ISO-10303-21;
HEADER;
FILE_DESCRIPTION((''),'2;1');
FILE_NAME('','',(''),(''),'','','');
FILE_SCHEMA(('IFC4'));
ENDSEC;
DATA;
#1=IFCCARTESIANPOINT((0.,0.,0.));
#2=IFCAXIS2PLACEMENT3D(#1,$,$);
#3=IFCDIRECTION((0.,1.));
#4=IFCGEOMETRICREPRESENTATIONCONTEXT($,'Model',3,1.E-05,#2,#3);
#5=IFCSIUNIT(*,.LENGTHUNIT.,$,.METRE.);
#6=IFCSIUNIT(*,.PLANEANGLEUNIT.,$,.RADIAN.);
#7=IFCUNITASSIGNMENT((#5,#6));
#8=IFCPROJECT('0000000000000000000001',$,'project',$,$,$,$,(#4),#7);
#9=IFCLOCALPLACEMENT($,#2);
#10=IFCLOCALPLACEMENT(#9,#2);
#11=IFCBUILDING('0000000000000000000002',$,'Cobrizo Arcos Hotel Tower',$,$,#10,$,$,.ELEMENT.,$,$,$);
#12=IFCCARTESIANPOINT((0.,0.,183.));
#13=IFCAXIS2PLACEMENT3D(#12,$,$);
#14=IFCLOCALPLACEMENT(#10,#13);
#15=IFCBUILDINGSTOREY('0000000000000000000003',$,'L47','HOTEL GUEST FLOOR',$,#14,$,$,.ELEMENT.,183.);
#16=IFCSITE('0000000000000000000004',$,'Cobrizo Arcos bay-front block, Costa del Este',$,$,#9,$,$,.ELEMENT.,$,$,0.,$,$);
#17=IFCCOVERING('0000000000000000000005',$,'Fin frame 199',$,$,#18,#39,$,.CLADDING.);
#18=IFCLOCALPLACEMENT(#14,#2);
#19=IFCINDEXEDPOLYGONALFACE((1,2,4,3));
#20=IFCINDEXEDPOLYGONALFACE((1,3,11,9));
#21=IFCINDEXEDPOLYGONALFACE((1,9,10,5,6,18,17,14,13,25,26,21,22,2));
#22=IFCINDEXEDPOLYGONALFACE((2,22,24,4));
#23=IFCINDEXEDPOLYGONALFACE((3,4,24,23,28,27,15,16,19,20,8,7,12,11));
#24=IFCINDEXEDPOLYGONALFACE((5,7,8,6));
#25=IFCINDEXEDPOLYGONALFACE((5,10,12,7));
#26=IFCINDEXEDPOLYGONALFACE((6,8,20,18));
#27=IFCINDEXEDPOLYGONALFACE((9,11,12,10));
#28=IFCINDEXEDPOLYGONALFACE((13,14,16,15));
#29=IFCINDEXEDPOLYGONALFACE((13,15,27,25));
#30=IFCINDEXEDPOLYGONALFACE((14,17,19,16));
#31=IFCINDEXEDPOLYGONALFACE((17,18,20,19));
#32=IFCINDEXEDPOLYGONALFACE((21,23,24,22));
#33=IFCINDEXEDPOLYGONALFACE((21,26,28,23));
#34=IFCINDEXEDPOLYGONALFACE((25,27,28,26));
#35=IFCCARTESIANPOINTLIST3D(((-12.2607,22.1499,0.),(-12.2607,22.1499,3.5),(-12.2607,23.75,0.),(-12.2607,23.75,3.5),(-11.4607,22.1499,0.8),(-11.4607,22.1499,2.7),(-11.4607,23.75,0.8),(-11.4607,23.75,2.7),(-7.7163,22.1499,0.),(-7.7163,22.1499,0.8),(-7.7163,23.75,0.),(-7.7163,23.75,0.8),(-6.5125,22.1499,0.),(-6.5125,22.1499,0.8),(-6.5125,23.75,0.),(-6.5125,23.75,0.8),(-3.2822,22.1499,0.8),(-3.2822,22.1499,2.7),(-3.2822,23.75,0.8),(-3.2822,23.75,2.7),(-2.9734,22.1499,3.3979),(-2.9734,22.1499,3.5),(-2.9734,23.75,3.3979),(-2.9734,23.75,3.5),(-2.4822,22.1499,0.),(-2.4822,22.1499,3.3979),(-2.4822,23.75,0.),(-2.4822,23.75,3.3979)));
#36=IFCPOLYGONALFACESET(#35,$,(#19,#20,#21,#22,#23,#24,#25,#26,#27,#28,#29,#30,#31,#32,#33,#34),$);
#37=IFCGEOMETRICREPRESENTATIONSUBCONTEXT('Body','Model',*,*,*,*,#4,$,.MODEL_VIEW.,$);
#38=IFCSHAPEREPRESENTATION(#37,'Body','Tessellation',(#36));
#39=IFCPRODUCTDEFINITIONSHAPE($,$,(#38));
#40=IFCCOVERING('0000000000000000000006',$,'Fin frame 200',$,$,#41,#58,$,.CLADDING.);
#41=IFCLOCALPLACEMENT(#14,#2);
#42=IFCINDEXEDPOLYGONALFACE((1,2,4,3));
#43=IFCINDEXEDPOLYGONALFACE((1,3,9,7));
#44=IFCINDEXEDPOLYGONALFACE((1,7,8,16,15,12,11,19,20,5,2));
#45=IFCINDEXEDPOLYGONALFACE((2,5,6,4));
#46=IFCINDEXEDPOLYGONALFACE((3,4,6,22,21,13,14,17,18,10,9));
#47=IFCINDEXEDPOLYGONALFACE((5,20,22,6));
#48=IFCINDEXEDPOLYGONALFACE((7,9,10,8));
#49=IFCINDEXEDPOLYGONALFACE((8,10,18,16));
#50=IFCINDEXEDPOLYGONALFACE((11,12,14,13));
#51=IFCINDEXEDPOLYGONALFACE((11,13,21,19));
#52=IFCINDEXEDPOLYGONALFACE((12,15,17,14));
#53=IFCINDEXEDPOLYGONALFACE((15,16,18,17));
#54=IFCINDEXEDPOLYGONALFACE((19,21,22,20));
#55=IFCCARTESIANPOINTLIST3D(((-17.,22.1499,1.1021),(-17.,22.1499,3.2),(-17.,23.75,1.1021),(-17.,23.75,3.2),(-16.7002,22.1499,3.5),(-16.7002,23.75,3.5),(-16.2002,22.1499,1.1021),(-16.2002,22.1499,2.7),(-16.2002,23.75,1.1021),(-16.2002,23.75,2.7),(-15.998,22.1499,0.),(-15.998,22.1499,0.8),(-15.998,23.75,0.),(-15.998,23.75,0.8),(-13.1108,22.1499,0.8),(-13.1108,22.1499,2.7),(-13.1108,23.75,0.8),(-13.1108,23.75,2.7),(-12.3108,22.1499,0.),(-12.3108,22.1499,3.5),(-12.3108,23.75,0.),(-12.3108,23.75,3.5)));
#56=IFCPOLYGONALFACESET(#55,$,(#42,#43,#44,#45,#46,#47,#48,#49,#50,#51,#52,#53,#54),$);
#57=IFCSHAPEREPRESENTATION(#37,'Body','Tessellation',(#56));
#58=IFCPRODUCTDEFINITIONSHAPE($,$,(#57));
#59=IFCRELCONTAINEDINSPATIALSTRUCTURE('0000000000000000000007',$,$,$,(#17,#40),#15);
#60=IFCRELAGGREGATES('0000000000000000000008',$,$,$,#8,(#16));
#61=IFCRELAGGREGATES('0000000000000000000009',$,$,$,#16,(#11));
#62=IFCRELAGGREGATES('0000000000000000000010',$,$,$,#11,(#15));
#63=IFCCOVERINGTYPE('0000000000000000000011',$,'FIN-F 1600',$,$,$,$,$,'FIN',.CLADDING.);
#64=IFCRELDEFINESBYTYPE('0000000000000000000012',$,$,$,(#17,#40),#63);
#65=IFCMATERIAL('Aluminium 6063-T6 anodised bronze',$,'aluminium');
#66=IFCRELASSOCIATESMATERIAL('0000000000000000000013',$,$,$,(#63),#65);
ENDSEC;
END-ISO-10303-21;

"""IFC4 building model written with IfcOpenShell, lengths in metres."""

from ifc_helpers import new_model, si_unit, direction, frame, origin, place, context, subcontext, project, spatial, polyline, outline, extrude, material, type_object, element, save


model = new_model("IFC4")

# Units and contexts
model_context = context("Model", 3, precision=1e-05, world=origin(), true_north=direction((0.0, 1.0)))
body_context = subcontext(model_context, "Body", "Model", "MODEL_VIEW")
ifc_project = project(units=[si_unit("LENGTHUNIT", "METRE"), si_unit("PLANEANGLEUNIT", "RADIAN")], contexts=[model_context])

# Site, building, storey
site_placement = place(None, origin())
site = spatial("IfcSite", under=ifc_project, at=site_placement, Name="Cobrizo Arcos bay-front block, Costa del Este", CompositionType="ELEMENT", RefElevation=0.0)
building_placement = place(site_placement, origin())
building = spatial("IfcBuilding", under=site, at=building_placement, Name="Cobrizo Arcos Hotel Tower", CompositionType="ELEMENT")
storey_placement = place(building_placement, frame((0.0, 0.0, 183.0)))
storey = spatial("IfcBuildingStorey", under=building, at=storey_placement, Name="L47", Description="HOTEL GUEST FLOOR", CompositionType="ELEMENT", Elevation=183.0)

# Shared definitions
ifc_material_1 = material(Name="Aluminium 6063-T6 anodised bronze", Category="aluminium")

# Coverings
covering_type = type_object("IfcCoveringType", Name="FIN-F 1600", ElementType="FIN", PredefinedType="CLADDING", material=ifc_material_1)
covering_1_placement = place(storey_placement, frame((-2.4822, 22.1499, 0.0), z_axis=(0.0, 1.0, 0.0), x_axis=(-1.0, 0.0, 0.0)))
element("IfcCovering", 1, at=covering_1_placement, inside=storey, type_object=covering_type, Name="Fin frame 199", PredefinedType="CLADDING", context=body_context, shape_type="SweptSolid", body=[
    extrude(outline(polyline([(0.0, 0.0), (4.0303, 0.0), (4.0303, 0.8), (0.8, 0.8), (0.8, 2.7), (8.9785, 2.7), (8.9785, 0.8), (5.2341, 0.8), (5.2341, 0.0), (9.7786, 0.0), (9.7786, 3.5), (0.4912, 3.5), (0.4912, 3.3979), (0.0, 3.3979), (0.0, 0.0)])), origin(), (0.0, 0.0, 1.0), 1.6001),
])
covering_2_placement = place(storey_placement, frame((-12.3108, 22.1499, 0.0), z_axis=(0.0, 1.0, 0.0), x_axis=(-1.0, 0.0, 0.0)))
element("IfcCovering", 2, at=covering_2_placement, inside=storey, type_object=covering_type, Name="Fin frame 200", PredefinedType="CLADDING", context=body_context, shape_type="SweptSolid", body=[
    extrude(outline(polyline([(0.0, 0.0), (3.6873, 0.0), (3.6873, 0.8), (0.8, 0.8), (0.8, 2.7), (3.8894, 2.7), (3.8894, 1.1021), (4.6892, 1.1021), (4.6892, 3.2), (4.3894, 3.5), (0.0, 3.5), (0.0, 0.0)])), origin(), (0.0, 0.0, 1.0), 1.6001),
])

save(model, "model.ifc")
